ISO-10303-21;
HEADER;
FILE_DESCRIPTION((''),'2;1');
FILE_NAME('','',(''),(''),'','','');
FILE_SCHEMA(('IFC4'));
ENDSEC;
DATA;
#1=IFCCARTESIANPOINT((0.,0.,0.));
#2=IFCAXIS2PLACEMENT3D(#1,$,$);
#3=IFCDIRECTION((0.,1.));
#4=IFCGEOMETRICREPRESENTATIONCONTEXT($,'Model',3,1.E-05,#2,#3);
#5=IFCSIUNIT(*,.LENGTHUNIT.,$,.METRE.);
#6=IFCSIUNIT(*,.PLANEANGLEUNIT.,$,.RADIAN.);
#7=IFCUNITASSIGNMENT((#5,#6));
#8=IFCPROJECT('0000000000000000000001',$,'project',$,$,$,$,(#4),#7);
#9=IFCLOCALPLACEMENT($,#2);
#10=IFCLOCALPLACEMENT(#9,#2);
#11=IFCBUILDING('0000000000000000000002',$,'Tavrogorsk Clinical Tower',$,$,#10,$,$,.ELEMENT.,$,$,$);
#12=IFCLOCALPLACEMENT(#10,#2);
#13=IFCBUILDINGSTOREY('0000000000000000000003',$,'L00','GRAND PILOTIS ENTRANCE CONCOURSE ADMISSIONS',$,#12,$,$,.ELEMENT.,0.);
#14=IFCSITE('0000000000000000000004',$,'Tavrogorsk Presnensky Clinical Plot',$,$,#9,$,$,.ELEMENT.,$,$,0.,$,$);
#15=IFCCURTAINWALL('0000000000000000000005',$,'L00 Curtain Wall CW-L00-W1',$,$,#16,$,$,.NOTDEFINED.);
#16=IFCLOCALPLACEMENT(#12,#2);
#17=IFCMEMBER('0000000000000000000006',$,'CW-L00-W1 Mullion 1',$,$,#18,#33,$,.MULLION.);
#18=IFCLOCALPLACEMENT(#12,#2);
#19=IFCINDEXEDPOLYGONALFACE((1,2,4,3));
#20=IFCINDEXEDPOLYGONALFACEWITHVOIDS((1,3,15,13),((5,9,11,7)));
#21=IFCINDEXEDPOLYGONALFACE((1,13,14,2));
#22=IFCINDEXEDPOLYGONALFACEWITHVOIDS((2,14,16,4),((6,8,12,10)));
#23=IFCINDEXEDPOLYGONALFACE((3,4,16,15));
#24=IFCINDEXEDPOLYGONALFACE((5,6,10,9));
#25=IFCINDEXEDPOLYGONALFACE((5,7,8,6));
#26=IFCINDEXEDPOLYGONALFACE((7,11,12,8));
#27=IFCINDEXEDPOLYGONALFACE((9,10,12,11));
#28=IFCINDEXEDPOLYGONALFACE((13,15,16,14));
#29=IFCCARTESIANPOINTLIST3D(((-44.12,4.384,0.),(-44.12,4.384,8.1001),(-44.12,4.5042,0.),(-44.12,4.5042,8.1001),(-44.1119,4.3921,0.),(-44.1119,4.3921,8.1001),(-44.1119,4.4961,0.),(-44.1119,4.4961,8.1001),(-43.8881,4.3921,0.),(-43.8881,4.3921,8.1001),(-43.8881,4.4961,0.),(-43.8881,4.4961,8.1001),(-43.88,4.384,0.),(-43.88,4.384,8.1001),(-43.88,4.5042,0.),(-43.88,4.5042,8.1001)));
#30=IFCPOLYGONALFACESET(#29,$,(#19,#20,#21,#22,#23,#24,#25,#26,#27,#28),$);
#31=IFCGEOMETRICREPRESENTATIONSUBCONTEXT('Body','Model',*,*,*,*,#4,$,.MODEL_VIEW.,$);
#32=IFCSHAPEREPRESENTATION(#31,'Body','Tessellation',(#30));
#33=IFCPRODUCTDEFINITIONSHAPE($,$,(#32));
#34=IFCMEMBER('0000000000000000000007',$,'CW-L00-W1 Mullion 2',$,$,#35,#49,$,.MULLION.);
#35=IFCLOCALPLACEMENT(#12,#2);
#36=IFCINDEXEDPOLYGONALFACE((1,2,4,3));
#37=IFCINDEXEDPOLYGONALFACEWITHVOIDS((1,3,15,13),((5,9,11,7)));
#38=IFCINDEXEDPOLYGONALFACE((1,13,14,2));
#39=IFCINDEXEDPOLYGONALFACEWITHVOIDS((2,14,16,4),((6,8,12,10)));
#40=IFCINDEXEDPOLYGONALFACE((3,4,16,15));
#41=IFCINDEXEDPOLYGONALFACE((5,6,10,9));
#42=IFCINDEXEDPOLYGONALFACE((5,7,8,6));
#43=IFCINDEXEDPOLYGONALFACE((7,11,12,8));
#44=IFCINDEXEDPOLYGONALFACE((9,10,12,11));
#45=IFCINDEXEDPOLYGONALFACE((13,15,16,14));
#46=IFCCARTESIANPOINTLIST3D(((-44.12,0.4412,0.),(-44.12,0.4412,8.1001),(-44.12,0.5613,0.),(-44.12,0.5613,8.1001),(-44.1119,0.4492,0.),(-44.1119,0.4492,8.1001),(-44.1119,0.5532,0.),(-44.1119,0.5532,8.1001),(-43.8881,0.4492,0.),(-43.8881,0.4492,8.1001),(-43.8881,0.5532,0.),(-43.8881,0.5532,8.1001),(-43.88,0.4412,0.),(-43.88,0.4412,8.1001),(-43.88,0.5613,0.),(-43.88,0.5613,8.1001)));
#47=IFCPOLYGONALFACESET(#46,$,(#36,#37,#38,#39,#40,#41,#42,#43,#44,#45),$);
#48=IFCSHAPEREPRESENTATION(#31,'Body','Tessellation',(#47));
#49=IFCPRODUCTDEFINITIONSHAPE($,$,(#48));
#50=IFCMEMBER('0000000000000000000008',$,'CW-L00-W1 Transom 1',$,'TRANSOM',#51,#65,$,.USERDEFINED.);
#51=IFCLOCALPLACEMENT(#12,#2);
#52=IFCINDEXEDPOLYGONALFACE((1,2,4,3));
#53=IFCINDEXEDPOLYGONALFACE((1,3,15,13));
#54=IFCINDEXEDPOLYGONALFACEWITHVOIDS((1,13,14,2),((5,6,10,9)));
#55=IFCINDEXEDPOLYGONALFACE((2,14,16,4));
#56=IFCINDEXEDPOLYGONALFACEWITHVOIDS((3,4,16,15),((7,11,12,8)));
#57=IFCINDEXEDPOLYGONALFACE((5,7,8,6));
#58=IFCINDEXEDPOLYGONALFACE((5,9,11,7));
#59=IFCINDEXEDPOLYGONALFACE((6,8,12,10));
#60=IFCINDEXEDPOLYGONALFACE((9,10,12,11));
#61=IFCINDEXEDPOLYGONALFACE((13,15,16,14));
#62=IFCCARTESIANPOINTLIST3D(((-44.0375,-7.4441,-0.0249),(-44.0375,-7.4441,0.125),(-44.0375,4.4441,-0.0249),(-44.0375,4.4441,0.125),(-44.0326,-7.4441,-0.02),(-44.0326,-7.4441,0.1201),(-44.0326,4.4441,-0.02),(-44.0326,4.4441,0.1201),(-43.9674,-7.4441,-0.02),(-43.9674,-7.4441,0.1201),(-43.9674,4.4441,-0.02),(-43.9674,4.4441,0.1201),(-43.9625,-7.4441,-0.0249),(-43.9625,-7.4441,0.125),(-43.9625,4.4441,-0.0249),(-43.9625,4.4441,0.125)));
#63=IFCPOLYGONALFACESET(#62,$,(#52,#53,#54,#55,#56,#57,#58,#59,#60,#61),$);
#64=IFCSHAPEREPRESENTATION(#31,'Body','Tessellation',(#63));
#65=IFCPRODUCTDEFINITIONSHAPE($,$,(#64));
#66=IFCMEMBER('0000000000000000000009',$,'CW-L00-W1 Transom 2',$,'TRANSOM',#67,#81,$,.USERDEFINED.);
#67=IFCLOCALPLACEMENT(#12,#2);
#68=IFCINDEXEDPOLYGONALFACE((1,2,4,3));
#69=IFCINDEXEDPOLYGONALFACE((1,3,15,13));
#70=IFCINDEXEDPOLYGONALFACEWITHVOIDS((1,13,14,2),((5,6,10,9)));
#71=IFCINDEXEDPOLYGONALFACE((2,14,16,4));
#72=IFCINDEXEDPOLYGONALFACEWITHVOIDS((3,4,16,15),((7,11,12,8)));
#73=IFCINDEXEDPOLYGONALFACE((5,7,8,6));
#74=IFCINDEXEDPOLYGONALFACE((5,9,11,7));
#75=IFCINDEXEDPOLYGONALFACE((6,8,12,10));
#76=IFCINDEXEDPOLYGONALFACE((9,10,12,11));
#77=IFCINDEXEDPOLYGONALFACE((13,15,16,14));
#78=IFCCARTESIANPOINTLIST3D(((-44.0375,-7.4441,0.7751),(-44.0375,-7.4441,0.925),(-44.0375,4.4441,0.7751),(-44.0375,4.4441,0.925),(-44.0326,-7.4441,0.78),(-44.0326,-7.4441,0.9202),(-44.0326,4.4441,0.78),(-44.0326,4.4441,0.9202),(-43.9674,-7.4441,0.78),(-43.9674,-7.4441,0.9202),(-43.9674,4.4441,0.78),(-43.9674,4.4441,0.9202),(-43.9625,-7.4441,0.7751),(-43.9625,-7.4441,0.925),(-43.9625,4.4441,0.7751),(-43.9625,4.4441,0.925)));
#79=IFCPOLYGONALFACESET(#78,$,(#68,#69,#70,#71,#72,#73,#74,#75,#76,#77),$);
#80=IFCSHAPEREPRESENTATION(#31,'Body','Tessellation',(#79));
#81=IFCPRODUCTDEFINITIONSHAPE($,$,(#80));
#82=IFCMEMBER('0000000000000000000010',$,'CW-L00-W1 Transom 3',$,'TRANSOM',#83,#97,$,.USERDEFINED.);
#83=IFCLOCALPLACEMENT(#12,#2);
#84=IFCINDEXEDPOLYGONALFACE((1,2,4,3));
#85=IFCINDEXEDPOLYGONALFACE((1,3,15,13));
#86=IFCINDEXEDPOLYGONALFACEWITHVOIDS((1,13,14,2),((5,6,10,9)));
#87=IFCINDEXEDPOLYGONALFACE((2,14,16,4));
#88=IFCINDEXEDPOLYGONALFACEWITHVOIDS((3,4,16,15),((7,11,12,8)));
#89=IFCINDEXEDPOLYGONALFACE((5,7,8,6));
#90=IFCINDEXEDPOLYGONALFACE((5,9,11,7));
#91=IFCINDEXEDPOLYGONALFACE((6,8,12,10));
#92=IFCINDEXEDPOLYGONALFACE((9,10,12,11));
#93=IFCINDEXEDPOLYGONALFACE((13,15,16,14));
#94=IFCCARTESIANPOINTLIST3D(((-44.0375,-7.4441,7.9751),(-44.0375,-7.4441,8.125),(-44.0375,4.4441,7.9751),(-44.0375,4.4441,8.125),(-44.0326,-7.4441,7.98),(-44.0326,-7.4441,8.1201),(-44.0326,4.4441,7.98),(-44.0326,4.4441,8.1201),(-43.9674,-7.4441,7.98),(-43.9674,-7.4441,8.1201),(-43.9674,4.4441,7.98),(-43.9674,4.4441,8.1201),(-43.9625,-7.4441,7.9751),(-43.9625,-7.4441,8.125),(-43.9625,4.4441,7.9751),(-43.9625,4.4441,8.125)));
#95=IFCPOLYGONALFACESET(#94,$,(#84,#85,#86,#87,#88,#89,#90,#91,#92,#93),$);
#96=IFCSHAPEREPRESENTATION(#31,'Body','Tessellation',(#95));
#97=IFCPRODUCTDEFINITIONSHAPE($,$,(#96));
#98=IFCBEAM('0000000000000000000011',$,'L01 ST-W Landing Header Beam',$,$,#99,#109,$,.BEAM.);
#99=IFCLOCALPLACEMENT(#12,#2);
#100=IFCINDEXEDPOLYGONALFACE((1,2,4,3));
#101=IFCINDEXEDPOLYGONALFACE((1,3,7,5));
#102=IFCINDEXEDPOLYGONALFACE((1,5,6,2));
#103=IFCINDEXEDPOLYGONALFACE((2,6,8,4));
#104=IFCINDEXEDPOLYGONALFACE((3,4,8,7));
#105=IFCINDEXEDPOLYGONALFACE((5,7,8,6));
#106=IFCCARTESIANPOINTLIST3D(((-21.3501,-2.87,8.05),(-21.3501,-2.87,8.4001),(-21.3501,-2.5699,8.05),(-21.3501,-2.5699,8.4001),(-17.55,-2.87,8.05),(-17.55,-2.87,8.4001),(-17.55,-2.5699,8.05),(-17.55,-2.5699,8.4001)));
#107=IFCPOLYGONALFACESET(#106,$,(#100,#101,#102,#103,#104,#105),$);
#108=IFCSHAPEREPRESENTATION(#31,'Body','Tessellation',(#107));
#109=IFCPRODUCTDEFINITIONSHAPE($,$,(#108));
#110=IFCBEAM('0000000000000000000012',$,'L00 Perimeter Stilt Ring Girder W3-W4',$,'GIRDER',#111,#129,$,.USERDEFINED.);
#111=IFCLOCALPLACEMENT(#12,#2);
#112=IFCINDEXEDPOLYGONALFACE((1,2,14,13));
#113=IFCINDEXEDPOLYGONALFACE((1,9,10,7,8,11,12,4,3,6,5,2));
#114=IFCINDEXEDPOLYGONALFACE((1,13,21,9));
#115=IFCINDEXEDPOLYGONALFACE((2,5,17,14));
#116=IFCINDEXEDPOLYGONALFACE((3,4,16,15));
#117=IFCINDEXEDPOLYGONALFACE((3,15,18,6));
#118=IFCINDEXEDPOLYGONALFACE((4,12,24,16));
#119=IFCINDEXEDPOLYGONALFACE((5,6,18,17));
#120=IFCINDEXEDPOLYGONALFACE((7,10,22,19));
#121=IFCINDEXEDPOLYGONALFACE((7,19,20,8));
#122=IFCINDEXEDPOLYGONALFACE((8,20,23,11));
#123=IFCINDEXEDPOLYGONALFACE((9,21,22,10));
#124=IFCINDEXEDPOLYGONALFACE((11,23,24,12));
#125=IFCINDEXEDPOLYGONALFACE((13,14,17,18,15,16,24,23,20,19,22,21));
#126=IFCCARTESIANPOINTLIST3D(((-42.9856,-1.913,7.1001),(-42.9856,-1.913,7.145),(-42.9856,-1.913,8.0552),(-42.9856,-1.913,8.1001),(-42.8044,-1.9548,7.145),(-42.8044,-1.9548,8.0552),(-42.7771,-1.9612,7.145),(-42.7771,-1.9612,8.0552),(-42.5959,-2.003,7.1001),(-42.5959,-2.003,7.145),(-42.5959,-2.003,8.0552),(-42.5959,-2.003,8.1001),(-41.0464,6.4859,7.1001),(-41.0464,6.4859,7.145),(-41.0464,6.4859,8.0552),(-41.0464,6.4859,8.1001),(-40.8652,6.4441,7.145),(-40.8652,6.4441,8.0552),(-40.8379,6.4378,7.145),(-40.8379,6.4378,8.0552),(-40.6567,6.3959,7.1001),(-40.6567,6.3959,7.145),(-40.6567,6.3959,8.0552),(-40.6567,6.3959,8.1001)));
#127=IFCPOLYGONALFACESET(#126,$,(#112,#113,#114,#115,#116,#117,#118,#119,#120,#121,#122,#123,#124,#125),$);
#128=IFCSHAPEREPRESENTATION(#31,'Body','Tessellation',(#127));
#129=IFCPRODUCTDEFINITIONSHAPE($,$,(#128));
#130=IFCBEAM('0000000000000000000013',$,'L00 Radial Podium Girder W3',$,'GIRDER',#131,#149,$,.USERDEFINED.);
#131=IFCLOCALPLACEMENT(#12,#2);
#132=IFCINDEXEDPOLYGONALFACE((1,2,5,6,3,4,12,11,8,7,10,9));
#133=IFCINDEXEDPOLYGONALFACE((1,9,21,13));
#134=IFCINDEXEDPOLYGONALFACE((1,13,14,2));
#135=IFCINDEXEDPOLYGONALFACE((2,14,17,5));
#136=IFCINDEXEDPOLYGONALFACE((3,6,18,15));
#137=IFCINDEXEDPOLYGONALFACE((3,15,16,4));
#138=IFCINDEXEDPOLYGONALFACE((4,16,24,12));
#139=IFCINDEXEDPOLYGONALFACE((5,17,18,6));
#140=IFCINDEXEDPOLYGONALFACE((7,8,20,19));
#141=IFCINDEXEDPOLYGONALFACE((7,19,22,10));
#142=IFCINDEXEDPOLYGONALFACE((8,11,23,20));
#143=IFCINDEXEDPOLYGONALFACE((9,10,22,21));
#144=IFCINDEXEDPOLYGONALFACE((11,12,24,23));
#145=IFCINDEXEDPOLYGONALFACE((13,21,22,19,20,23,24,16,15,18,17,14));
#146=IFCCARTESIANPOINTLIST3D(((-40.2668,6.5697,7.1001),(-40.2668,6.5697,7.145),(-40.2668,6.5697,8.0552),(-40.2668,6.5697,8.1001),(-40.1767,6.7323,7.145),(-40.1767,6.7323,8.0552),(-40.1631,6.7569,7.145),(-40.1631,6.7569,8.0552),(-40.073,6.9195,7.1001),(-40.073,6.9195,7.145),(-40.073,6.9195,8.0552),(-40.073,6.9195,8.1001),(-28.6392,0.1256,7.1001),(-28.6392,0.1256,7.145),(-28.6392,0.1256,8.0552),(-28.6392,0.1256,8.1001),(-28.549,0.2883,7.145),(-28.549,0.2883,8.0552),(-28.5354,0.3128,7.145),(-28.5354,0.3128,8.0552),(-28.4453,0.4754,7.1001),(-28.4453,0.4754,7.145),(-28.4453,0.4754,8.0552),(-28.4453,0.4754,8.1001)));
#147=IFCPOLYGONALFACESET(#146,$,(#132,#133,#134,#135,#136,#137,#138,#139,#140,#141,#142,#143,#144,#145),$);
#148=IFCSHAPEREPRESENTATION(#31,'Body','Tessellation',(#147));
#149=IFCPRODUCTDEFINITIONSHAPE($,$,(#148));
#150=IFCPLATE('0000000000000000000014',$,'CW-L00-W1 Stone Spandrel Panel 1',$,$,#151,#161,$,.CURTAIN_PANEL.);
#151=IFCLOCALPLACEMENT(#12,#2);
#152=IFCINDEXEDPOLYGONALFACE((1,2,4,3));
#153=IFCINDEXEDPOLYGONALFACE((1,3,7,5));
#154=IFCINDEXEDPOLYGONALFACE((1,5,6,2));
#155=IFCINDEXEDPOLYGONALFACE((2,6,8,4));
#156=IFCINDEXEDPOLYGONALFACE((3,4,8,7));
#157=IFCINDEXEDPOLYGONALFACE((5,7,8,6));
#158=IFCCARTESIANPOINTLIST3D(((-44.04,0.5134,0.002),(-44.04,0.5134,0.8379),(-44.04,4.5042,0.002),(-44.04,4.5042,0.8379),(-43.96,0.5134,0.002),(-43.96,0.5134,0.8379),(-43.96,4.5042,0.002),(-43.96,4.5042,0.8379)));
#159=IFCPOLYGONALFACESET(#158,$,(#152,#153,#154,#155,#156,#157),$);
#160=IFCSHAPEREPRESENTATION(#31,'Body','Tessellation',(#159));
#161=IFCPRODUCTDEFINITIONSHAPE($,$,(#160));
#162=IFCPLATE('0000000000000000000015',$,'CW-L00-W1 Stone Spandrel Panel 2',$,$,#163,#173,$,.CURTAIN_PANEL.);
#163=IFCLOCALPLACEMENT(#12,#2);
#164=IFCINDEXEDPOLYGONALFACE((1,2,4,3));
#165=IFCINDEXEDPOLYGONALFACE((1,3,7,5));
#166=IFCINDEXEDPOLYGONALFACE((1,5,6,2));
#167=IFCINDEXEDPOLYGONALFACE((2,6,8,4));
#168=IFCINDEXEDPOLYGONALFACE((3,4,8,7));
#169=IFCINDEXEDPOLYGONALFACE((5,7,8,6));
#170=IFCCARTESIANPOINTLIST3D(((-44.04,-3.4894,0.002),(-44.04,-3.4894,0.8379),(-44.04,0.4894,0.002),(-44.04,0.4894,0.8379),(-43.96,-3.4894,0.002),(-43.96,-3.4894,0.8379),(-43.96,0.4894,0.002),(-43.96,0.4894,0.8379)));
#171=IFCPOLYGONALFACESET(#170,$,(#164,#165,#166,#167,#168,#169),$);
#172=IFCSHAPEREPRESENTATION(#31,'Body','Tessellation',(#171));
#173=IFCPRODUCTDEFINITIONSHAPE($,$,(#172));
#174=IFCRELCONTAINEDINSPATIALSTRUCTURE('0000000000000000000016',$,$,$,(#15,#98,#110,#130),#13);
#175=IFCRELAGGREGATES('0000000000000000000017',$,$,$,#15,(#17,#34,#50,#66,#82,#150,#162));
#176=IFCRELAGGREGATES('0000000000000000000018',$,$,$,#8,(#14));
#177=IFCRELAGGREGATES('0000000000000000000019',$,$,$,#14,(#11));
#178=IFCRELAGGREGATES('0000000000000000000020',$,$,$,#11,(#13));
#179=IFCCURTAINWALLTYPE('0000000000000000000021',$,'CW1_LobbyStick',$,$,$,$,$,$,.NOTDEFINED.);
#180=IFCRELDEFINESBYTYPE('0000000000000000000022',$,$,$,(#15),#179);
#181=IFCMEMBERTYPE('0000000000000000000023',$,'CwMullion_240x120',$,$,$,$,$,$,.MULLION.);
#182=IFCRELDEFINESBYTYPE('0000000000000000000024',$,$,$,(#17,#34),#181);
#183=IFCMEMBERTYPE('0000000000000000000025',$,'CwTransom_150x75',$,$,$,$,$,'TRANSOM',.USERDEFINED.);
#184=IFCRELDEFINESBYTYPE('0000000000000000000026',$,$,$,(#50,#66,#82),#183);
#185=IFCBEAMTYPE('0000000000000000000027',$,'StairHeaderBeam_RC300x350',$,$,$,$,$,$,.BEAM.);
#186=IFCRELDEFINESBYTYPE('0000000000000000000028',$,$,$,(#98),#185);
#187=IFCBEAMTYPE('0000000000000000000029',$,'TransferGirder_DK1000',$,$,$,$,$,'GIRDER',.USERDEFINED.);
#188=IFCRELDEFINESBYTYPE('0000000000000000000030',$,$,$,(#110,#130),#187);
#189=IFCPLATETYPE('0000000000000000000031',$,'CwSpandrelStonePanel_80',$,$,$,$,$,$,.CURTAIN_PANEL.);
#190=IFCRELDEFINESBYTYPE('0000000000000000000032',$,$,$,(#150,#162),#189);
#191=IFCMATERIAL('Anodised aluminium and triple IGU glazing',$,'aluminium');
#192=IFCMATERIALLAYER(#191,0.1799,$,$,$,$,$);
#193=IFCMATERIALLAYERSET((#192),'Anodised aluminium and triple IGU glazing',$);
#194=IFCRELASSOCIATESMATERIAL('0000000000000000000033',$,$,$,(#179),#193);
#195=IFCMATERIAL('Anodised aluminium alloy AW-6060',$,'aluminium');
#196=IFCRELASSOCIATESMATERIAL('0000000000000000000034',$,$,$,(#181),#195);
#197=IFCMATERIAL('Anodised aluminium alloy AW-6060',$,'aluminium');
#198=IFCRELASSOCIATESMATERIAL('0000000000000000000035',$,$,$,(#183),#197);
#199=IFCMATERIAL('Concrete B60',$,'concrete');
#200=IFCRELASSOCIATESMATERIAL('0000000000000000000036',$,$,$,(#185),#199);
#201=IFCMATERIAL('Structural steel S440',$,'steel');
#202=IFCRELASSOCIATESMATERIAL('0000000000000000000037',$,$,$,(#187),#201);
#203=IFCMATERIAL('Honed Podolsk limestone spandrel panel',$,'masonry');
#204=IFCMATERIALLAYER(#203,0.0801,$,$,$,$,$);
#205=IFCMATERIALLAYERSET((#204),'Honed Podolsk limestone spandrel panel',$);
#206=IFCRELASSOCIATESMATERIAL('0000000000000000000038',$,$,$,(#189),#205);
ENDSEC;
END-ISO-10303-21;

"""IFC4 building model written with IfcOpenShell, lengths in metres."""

from ifc_helpers import new_model, si_unit, direction, frame, origin, origin_2d, place, context, subcontext, project, spatial, rectangle, hollow_rectangle, i_section, extrude, material, layer, layer_set, material_profile, profile_set, type_object, element, aggregate, save


model = new_model("IFC4")

# Units and contexts
model_context = context("Model", 3, precision=1e-05, world=origin(), true_north=direction((0.0, 1.0)))
body_context = subcontext(model_context, "Body", "Model", "MODEL_VIEW")
ifc_project = project(units=[si_unit("LENGTHUNIT", "METRE"), si_unit("PLANEANGLEUNIT", "RADIAN")], contexts=[model_context])

# Site, building, storey
site_placement = place(None, origin())
site = spatial("IfcSite", under=ifc_project, at=site_placement, Name="Tavrogorsk Presnensky Clinical Plot", CompositionType="ELEMENT", RefElevation=0.0)
building_placement = place(site_placement, origin())
building = spatial("IfcBuilding", under=site, at=building_placement, Name="Tavrogorsk Clinical Tower", CompositionType="ELEMENT")
storey_placement = place(building_placement, origin())
storey = spatial("IfcBuildingStorey", under=building, at=storey_placement, Name="L00", Description="GRAND PILOTIS ENTRANCE CONCOURSE ADMISSIONS", CompositionType="ELEMENT", Elevation=0.0)

# Curtain wall, members
ifc_material_1 = material(Name="Anodised aluminium and triple IGU glazing", Category="aluminium")
ifc_layer_1 = layer(ifc_material_1, 0.1799)
ifc_layer_set_1 = layer_set([ifc_layer_1], Name="Anodised aluminium and triple IGU glazing")
curtain_wall_type = type_object("IfcCurtainWallType", Name="CW1_LobbyStick", PredefinedType="NOTDEFINED", material=ifc_layer_set_1)
curtain_wall_placement = place(storey_placement, origin())
curtain_wall = element("IfcCurtainWall", 1, at=curtain_wall_placement, inside=storey, type_object=curtain_wall_type, Name="L00 Curtain Wall CW-L00-W1", PredefinedType="NOTDEFINED")
ifc_material_2 = material(Name="Anodised aluminium alloy AW-6060", Category="aluminium")
ifc_material_profile_1 = material_profile(ifc_material_2, hollow_rectangle(XDim=0.1201, YDim=0.24, WallThickness=0.0081, at=origin_2d()), Name="RHS-240x120x8")
ifc_profile_set_1 = profile_set([ifc_material_profile_1], Name="Anodised aluminium alloy AW-6060")
member_type_1 = type_object("IfcMemberType", Name="CwMullion_240x120", PredefinedType="MULLION", material=ifc_profile_set_1)
member_1_placement = place(storey_placement, frame((-44.0, 4.4441, 0.0), z_axis=(0.0, 0.0, 1.0), x_axis=(0.0, -1.0, 0.0)))
member_1 = element("IfcMember", 2, at=member_1_placement, type_object=member_type_1, Name="CW-L00-W1 Mullion 1", PredefinedType="MULLION", context=body_context, shape_type="SweptSolid", body=[
    extrude(hollow_rectangle(XDim=0.1201, YDim=0.24, WallThickness=0.0081, at=origin_2d()), origin(), (0.0, 0.0, 1.0), 8.1001),
])
member_2_placement = place(storey_placement, frame((-44.0, 0.5012, 0.0), z_axis=(0.0, 0.0, 1.0), x_axis=(0.0, -1.0, 0.0)))
member_2 = element("IfcMember", 3, at=member_2_placement, type_object=member_type_1, Name="CW-L00-W1 Mullion 2", PredefinedType="MULLION", context=body_context, shape_type="SweptSolid", body=[
    extrude(hollow_rectangle(XDim=0.1201, YDim=0.24, WallThickness=0.0081, at=origin_2d()), origin(), (0.0, 0.0, 1.0), 8.1001),
])
ifc_material_3 = material(Name="Anodised aluminium alloy AW-6060", Category="aluminium")
ifc_material_profile_2 = material_profile(ifc_material_3, hollow_rectangle(XDim=0.075, YDim=0.1499, WallThickness=0.0049, at=origin_2d()), Name="RHS-150x75x5")
ifc_profile_set_2 = profile_set([ifc_material_profile_2], Name="Anodised aluminium alloy AW-6060")
member_type_2 = type_object("IfcMemberType", Name="CwTransom_150x75", ElementType="TRANSOM", PredefinedType="USERDEFINED", material=ifc_profile_set_2)
member_3_placement = place(storey_placement, frame((-44.0, 4.4441, 0.05), z_axis=(0.0, -1.0, 0.0), x_axis=(1.0, 0.0, 0.0)))
member_3 = element("IfcMember", 4, at=member_3_placement, type_object=member_type_2, Name="CW-L00-W1 Transom 1", ObjectType="TRANSOM", PredefinedType="USERDEFINED", context=body_context, shape_type="SweptSolid", body=[
    extrude(hollow_rectangle(XDim=0.075, YDim=0.1499, WallThickness=0.0049, at=origin_2d()), origin(), (0.0, 0.0, 1.0), 11.8882),
])
member_4_placement = place(storey_placement, frame((-44.0, 4.4441, 0.8501), z_axis=(0.0, -1.0, 0.0), x_axis=(1.0, 0.0, 0.0)))
member_4 = element("IfcMember", 5, at=member_4_placement, type_object=member_type_2, Name="CW-L00-W1 Transom 2", ObjectType="TRANSOM", PredefinedType="USERDEFINED", context=body_context, shape_type="SweptSolid", body=[
    extrude(hollow_rectangle(XDim=0.075, YDim=0.1499, WallThickness=0.0049, at=origin_2d()), origin(), (0.0, 0.0, 1.0), 11.8882),
])
member_5_placement = place(storey_placement, frame((-44.0, 4.4441, 8.05), z_axis=(0.0, -1.0, 0.0), x_axis=(1.0, 0.0, 0.0)))
member_5 = element("IfcMember", 6, at=member_5_placement, type_object=member_type_2, Name="CW-L00-W1 Transom 3", ObjectType="TRANSOM", PredefinedType="USERDEFINED", context=body_context, shape_type="SweptSolid", body=[
    extrude(hollow_rectangle(XDim=0.075, YDim=0.1499, WallThickness=0.0049, at=origin_2d()), origin(), (0.0, 0.0, 1.0), 11.8882),
])

# Beams
ifc_material_4 = material(Name="Concrete B60", Category="concrete")
ifc_material_profile_3 = material_profile(ifc_material_4, rectangle(XDim=0.3, YDim=0.3501, at=origin_2d()), Name="RC-SHB-300x350")
ifc_profile_set_3 = profile_set([ifc_material_profile_3], Name="Concrete B60")
beam_type_1 = type_object("IfcBeamType", Name="StairHeaderBeam_RC300x350", PredefinedType="BEAM", material=ifc_profile_set_3)
beam_1_placement = place(storey_placement, frame((-21.3501, -2.72, 8.2251), z_axis=(1.0, 0.0, 0.0), x_axis=(0.0, 1.0, 0.0)))
element("IfcBeam", 7, at=beam_1_placement, inside=storey, type_object=beam_type_1, Name="L01 ST-W Landing Header Beam", PredefinedType="BEAM", context=body_context, shape_type="SweptSolid", body=[
    extrude(rectangle(XDim=0.3, YDim=0.3501, at=origin_2d()), origin(), (0.0, 0.0, 1.0), 3.8),
])
ifc_material_5 = material(Name="Structural steel S440", Category="steel")
ifc_material_profile_4 = material_profile(ifc_material_5, i_section(OverallWidth=0.3999, OverallDepth=1.0, WebThickness=0.0281, FlangeThickness=0.0449, at=origin_2d()), Name="DK-1000x400x28x45")
ifc_profile_set_4 = profile_set([ifc_material_profile_4], Name="Structural steel S440")
beam_type_2 = type_object("IfcBeamType", Name="TransferGirder_DK1000", ElementType="GIRDER", PredefinedType="USERDEFINED", material=ifc_profile_set_4)
beam_2_placement = place(storey_placement, frame((-40.8516, 6.4409, 7.6001), z_axis=(-0.224969, -0.974366, 0.0), x_axis=(0.974366, -0.224969, 0.0)))
element("IfcBeam", 8, at=beam_2_placement, inside=storey, type_object=beam_type_2, Name="L00 Perimeter Stilt Ring Girder W3-W4", ObjectType="GIRDER", PredefinedType="USERDEFINED", context=body_context, shape_type="SweptSolid", body=[
    extrude(i_section(OverallWidth=0.3999, OverallDepth=1.0, WebThickness=0.0281, FlangeThickness=0.0449, at=origin_2d()), origin(), (0.0, 0.0, 1.0), 8.6199),
])
beam_3_placement = place(storey_placement, frame((-28.5422, 0.3005, 7.6001), z_axis=(-0.874659, 0.484738, 0.0), x_axis=(-0.484738, -0.874659, 0.0)))
element("IfcBeam", 9, at=beam_3_placement, inside=storey, type_object=beam_type_2, Name="L00 Radial Podium Girder W3", ObjectType="GIRDER", PredefinedType="USERDEFINED", context=body_context, shape_type="SweptSolid", body=[
    extrude(i_section(OverallWidth=0.3999, OverallDepth=1.0, WebThickness=0.0281, FlangeThickness=0.0449, at=origin_2d()), origin(), (0.0, 0.0, 1.0), 13.2939),
])

# Plates
ifc_material_6 = material(Name="Honed Podolsk limestone spandrel panel", Category="masonry")
ifc_layer_2 = layer(ifc_material_6, 0.0801)
ifc_layer_set_2 = layer_set([ifc_layer_2], Name="Honed Podolsk limestone spandrel panel")
plate_type_1 = type_object("IfcPlateType", Name="CwSpandrelStonePanel_80", PredefinedType="CURTAIN_PANEL", material=ifc_layer_set_2)
plate_1_placement = place(storey_placement, frame((-44.0, 2.5088, 0.002), z_axis=(0.0, 0.0, 1.0), x_axis=(0.0, -1.0, 0.0)))
plate_1 = element("IfcPlate", 10, at=plate_1_placement, type_object=plate_type_1, Name="CW-L00-W1 Stone Spandrel Panel 1", PredefinedType="CURTAIN_PANEL", context=body_context, shape_type="SweptSolid", body=[
    extrude(rectangle(XDim=3.9907, YDim=0.0801, at=origin_2d()), origin(), (0.0, 0.0, 1.0), 0.8359),
])
plate_2_placement = place(storey_placement, frame((-44.0, -1.5, 0.002), z_axis=(0.0, 0.0, 1.0), x_axis=(0.0, -1.0, 0.0)))
plate_2 = element("IfcPlate", 11, at=plate_2_placement, type_object=plate_type_1, Name="CW-L00-W1 Stone Spandrel Panel 2", PredefinedType="CURTAIN_PANEL", context=body_context, shape_type="SweptSolid", body=[
    extrude(rectangle(XDim=3.9788, YDim=0.0801, at=origin_2d()), origin(), (0.0, 0.0, 1.0), 0.8359),
])
aggregate(curtain_wall, [member_1, member_2, member_3, member_4, member_5, plate_1, plate_2])

save(model, "model.ifc")
